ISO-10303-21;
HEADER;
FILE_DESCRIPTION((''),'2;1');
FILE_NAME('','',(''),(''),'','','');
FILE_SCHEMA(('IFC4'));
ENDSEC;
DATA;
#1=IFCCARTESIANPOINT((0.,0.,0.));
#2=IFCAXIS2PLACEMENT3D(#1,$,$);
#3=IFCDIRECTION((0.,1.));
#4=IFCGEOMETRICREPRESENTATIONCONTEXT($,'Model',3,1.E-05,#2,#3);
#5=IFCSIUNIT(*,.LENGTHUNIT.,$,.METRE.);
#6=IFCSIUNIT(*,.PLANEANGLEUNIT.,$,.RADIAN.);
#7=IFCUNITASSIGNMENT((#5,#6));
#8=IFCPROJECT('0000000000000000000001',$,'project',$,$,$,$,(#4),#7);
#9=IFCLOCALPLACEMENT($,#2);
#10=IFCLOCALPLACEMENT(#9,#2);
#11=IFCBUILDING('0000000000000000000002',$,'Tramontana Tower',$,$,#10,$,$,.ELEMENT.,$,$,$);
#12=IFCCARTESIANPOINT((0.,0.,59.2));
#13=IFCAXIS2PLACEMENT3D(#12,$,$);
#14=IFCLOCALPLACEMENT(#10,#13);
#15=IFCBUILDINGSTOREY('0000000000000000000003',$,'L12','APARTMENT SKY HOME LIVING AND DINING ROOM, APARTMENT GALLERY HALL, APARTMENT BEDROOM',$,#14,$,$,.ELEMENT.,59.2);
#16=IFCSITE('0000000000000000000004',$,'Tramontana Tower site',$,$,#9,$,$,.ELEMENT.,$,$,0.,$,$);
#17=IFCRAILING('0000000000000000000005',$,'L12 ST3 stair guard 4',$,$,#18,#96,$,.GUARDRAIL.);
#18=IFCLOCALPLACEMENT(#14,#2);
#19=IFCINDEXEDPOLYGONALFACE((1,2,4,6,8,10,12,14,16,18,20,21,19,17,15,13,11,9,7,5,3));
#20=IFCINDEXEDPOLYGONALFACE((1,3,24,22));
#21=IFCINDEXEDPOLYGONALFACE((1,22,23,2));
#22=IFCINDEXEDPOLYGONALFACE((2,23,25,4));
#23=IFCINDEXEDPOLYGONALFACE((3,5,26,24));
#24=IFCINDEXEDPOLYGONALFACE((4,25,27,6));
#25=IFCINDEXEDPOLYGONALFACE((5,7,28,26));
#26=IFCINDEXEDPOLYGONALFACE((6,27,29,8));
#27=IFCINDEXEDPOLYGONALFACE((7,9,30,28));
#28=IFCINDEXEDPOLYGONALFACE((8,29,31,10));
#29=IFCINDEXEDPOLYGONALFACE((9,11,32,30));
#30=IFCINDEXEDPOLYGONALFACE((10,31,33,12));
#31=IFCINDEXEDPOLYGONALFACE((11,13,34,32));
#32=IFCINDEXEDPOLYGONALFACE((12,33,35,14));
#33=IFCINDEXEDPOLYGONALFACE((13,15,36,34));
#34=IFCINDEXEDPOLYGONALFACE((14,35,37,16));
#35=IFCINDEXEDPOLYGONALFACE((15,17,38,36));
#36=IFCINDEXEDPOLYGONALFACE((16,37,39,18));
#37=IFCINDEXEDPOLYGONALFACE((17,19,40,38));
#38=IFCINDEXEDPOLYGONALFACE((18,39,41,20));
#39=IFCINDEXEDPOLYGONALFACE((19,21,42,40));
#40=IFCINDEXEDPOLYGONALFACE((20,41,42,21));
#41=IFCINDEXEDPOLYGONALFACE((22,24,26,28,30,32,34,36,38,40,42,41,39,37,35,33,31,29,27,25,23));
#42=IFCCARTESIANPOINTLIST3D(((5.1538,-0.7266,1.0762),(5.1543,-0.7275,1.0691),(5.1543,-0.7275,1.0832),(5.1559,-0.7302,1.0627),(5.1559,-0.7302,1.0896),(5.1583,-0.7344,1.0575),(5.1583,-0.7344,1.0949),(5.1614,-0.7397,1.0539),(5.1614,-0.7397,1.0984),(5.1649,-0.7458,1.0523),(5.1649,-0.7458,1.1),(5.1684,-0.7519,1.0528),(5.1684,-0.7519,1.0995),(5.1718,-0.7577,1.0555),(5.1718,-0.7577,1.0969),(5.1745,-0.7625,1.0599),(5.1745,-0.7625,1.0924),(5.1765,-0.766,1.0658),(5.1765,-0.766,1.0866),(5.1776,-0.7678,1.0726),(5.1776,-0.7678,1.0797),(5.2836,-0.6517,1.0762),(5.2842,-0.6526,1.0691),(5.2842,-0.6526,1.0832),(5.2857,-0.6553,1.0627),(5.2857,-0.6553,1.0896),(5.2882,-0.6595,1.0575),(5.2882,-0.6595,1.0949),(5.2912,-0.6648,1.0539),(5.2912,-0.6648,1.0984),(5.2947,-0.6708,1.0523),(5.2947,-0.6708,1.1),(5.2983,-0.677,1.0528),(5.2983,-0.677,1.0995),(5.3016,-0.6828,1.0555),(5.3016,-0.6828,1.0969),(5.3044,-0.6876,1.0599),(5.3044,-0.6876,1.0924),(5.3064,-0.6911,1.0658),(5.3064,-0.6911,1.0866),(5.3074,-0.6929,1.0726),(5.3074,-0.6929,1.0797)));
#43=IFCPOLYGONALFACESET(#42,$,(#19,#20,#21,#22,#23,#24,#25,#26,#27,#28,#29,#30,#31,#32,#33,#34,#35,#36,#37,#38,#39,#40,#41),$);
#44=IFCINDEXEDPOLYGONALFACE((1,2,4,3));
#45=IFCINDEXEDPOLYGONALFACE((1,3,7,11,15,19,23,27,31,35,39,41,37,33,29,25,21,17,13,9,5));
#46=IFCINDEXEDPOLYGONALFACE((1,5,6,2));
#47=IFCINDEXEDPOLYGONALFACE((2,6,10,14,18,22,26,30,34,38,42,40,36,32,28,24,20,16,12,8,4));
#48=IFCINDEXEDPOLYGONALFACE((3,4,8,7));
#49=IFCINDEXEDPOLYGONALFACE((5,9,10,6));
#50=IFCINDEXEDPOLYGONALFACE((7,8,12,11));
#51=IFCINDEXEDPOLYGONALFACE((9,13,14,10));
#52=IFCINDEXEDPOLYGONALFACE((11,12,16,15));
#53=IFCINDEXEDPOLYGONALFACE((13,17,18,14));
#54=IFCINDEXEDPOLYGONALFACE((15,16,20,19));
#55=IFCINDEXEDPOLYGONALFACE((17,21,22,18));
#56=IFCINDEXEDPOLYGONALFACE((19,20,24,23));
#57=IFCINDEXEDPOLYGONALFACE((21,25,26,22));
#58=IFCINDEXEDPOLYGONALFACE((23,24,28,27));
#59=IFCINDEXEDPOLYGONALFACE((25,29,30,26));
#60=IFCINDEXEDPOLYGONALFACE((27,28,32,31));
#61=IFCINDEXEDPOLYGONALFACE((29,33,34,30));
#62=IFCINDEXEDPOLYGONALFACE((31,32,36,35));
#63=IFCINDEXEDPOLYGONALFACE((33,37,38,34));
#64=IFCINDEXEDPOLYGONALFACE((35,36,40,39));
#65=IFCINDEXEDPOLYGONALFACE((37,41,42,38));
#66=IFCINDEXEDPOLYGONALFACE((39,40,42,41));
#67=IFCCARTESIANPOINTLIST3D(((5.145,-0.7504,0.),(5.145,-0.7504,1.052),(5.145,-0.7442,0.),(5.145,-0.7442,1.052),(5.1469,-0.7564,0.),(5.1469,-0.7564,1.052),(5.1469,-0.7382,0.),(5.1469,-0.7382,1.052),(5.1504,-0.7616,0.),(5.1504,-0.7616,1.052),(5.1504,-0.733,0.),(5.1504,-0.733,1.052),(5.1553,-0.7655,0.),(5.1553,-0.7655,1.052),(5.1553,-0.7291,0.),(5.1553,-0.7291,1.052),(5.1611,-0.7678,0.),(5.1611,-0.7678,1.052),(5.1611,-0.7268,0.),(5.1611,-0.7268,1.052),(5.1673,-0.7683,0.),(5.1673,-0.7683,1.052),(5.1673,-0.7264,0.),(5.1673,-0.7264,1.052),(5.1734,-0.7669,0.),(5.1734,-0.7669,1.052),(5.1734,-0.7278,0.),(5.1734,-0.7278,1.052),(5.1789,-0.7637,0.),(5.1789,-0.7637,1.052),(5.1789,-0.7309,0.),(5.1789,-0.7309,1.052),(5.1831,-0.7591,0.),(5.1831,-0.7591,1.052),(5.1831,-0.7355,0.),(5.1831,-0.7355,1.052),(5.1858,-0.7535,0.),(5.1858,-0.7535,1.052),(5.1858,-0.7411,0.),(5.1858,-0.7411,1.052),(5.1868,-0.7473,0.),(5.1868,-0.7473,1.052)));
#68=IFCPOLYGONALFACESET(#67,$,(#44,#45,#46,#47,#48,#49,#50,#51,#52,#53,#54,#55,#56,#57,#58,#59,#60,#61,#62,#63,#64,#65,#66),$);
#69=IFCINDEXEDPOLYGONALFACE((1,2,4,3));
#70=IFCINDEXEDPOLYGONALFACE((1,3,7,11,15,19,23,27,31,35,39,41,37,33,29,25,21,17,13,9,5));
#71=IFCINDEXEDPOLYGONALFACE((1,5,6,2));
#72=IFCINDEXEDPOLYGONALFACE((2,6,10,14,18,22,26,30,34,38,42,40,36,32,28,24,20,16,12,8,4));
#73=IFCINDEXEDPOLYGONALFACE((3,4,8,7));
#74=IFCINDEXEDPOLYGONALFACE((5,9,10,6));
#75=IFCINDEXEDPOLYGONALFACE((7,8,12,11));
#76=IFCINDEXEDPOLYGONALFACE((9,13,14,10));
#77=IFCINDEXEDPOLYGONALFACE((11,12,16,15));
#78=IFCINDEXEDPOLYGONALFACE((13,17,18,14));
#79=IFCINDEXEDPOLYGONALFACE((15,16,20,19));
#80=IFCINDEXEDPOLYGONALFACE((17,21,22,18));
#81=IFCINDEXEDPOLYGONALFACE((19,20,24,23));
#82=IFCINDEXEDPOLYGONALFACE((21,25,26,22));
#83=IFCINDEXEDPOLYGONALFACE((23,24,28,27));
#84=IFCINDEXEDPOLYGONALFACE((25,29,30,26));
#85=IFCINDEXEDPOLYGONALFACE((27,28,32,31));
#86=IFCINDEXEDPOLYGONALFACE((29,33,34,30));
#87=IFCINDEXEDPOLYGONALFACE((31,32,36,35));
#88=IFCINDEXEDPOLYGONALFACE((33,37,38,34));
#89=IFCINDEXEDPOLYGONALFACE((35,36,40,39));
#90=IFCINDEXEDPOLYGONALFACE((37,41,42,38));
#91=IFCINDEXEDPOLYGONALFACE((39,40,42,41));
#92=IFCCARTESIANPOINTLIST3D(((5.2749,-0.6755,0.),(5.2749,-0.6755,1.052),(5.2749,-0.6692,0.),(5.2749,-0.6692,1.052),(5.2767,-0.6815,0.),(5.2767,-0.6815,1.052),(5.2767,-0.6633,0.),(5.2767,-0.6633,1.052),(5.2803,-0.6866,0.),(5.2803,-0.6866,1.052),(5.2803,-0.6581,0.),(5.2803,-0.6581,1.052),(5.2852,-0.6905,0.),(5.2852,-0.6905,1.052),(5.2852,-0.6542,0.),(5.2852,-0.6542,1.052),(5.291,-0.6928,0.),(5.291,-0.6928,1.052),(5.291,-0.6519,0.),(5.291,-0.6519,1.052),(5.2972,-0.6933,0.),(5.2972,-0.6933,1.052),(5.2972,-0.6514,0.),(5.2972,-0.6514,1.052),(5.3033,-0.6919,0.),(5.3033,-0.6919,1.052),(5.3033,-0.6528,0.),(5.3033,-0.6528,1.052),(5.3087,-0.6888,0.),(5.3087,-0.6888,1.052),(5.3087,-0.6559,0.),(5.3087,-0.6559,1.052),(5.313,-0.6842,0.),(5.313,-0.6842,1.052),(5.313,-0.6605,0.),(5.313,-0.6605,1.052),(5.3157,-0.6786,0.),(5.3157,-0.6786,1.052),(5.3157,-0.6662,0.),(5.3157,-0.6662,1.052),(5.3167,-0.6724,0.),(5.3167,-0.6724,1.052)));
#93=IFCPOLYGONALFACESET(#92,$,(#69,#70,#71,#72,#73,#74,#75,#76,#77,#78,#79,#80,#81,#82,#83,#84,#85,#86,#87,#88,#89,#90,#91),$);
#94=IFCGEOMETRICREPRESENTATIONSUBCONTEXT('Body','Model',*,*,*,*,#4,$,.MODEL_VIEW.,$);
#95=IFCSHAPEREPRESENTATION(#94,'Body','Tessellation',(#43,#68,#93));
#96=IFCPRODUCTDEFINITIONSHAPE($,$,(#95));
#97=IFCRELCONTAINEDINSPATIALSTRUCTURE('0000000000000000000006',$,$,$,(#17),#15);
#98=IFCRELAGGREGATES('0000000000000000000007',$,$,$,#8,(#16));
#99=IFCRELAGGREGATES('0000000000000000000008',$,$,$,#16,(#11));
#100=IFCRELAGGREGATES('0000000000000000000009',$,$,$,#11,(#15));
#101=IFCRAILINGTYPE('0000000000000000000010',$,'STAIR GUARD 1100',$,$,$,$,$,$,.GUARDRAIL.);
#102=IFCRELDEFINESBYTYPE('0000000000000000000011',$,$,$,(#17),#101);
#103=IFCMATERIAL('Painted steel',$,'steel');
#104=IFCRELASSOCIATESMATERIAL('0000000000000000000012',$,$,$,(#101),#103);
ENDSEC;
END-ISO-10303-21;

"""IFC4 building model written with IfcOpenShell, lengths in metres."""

from ifc_helpers import new_model, si_unit, direction, frame, origin, origin_2d, place, context, subcontext, project, spatial, circle, extrude, material, type_object, element, save


model = new_model("IFC4")

# Units and contexts
model_context = context("Model", 3, precision=1e-05, world=origin(), true_north=direction((0.0, 1.0)))
body_context = subcontext(model_context, "Body", "Model", "MODEL_VIEW")
ifc_project = project(units=[si_unit("LENGTHUNIT", "METRE"), si_unit("PLANEANGLEUNIT", "RADIAN")], contexts=[model_context])

# Site, building, storey
site_placement = place(None, origin())
site = spatial("IfcSite", under=ifc_project, at=site_placement, Name="Tramontana Tower site", CompositionType="ELEMENT", RefElevation=0.0)
building_placement = place(site_placement, origin())
building = spatial("IfcBuilding", under=site, at=building_placement, Name="Tramontana Tower", CompositionType="ELEMENT")
storey_placement = place(building_placement, frame((0.0, 0.0, 59.2)))
storey = spatial("IfcBuildingStorey", under=building, at=storey_placement, Name="L12", Description="APARTMENT SKY HOME LIVING AND DINING ROOM, APARTMENT GALLERY HALL, APARTMENT BEDROOM", CompositionType="ELEMENT", Elevation=59.2)

# Railing
ifc_material_1 = material(Name="Painted steel", Category="steel")
railing_type_1 = type_object("IfcRailingType", Name="STAIR GUARD 1100", PredefinedType="GUARDRAIL", material=ifc_material_1)
railing_1_placement = place(storey_placement, frame((5.1658, -0.7473, 0.0)))
element("IfcRailing", 1, at=railing_1_placement, inside=storey, type_object=railing_type_1, Name="L12 ST3 stair guard 4", PredefinedType="GUARDRAIL", context=body_context, shape_type="SweptSolid", body=[
    extrude(circle(Radius=0.0239, at=origin_2d()), frame((0.0, 0.0, 1.0762), z_axis=(0.866131, 0.499816, 0.0), x_axis=(-0.499816, 0.866131, 0.0)), (0.0, 0.0, 1.0), 0.1499),
    extrude(circle(Radius=0.021, at=origin_2d()), origin(), (0.0, 0.0, 1.0), 1.052),
    extrude(circle(Radius=0.021, at=origin_2d()), frame((0.1299, 0.075, 0.0)), (0.0, 0.0, 1.0), 1.052),
])

save(model, "model.ifc")
